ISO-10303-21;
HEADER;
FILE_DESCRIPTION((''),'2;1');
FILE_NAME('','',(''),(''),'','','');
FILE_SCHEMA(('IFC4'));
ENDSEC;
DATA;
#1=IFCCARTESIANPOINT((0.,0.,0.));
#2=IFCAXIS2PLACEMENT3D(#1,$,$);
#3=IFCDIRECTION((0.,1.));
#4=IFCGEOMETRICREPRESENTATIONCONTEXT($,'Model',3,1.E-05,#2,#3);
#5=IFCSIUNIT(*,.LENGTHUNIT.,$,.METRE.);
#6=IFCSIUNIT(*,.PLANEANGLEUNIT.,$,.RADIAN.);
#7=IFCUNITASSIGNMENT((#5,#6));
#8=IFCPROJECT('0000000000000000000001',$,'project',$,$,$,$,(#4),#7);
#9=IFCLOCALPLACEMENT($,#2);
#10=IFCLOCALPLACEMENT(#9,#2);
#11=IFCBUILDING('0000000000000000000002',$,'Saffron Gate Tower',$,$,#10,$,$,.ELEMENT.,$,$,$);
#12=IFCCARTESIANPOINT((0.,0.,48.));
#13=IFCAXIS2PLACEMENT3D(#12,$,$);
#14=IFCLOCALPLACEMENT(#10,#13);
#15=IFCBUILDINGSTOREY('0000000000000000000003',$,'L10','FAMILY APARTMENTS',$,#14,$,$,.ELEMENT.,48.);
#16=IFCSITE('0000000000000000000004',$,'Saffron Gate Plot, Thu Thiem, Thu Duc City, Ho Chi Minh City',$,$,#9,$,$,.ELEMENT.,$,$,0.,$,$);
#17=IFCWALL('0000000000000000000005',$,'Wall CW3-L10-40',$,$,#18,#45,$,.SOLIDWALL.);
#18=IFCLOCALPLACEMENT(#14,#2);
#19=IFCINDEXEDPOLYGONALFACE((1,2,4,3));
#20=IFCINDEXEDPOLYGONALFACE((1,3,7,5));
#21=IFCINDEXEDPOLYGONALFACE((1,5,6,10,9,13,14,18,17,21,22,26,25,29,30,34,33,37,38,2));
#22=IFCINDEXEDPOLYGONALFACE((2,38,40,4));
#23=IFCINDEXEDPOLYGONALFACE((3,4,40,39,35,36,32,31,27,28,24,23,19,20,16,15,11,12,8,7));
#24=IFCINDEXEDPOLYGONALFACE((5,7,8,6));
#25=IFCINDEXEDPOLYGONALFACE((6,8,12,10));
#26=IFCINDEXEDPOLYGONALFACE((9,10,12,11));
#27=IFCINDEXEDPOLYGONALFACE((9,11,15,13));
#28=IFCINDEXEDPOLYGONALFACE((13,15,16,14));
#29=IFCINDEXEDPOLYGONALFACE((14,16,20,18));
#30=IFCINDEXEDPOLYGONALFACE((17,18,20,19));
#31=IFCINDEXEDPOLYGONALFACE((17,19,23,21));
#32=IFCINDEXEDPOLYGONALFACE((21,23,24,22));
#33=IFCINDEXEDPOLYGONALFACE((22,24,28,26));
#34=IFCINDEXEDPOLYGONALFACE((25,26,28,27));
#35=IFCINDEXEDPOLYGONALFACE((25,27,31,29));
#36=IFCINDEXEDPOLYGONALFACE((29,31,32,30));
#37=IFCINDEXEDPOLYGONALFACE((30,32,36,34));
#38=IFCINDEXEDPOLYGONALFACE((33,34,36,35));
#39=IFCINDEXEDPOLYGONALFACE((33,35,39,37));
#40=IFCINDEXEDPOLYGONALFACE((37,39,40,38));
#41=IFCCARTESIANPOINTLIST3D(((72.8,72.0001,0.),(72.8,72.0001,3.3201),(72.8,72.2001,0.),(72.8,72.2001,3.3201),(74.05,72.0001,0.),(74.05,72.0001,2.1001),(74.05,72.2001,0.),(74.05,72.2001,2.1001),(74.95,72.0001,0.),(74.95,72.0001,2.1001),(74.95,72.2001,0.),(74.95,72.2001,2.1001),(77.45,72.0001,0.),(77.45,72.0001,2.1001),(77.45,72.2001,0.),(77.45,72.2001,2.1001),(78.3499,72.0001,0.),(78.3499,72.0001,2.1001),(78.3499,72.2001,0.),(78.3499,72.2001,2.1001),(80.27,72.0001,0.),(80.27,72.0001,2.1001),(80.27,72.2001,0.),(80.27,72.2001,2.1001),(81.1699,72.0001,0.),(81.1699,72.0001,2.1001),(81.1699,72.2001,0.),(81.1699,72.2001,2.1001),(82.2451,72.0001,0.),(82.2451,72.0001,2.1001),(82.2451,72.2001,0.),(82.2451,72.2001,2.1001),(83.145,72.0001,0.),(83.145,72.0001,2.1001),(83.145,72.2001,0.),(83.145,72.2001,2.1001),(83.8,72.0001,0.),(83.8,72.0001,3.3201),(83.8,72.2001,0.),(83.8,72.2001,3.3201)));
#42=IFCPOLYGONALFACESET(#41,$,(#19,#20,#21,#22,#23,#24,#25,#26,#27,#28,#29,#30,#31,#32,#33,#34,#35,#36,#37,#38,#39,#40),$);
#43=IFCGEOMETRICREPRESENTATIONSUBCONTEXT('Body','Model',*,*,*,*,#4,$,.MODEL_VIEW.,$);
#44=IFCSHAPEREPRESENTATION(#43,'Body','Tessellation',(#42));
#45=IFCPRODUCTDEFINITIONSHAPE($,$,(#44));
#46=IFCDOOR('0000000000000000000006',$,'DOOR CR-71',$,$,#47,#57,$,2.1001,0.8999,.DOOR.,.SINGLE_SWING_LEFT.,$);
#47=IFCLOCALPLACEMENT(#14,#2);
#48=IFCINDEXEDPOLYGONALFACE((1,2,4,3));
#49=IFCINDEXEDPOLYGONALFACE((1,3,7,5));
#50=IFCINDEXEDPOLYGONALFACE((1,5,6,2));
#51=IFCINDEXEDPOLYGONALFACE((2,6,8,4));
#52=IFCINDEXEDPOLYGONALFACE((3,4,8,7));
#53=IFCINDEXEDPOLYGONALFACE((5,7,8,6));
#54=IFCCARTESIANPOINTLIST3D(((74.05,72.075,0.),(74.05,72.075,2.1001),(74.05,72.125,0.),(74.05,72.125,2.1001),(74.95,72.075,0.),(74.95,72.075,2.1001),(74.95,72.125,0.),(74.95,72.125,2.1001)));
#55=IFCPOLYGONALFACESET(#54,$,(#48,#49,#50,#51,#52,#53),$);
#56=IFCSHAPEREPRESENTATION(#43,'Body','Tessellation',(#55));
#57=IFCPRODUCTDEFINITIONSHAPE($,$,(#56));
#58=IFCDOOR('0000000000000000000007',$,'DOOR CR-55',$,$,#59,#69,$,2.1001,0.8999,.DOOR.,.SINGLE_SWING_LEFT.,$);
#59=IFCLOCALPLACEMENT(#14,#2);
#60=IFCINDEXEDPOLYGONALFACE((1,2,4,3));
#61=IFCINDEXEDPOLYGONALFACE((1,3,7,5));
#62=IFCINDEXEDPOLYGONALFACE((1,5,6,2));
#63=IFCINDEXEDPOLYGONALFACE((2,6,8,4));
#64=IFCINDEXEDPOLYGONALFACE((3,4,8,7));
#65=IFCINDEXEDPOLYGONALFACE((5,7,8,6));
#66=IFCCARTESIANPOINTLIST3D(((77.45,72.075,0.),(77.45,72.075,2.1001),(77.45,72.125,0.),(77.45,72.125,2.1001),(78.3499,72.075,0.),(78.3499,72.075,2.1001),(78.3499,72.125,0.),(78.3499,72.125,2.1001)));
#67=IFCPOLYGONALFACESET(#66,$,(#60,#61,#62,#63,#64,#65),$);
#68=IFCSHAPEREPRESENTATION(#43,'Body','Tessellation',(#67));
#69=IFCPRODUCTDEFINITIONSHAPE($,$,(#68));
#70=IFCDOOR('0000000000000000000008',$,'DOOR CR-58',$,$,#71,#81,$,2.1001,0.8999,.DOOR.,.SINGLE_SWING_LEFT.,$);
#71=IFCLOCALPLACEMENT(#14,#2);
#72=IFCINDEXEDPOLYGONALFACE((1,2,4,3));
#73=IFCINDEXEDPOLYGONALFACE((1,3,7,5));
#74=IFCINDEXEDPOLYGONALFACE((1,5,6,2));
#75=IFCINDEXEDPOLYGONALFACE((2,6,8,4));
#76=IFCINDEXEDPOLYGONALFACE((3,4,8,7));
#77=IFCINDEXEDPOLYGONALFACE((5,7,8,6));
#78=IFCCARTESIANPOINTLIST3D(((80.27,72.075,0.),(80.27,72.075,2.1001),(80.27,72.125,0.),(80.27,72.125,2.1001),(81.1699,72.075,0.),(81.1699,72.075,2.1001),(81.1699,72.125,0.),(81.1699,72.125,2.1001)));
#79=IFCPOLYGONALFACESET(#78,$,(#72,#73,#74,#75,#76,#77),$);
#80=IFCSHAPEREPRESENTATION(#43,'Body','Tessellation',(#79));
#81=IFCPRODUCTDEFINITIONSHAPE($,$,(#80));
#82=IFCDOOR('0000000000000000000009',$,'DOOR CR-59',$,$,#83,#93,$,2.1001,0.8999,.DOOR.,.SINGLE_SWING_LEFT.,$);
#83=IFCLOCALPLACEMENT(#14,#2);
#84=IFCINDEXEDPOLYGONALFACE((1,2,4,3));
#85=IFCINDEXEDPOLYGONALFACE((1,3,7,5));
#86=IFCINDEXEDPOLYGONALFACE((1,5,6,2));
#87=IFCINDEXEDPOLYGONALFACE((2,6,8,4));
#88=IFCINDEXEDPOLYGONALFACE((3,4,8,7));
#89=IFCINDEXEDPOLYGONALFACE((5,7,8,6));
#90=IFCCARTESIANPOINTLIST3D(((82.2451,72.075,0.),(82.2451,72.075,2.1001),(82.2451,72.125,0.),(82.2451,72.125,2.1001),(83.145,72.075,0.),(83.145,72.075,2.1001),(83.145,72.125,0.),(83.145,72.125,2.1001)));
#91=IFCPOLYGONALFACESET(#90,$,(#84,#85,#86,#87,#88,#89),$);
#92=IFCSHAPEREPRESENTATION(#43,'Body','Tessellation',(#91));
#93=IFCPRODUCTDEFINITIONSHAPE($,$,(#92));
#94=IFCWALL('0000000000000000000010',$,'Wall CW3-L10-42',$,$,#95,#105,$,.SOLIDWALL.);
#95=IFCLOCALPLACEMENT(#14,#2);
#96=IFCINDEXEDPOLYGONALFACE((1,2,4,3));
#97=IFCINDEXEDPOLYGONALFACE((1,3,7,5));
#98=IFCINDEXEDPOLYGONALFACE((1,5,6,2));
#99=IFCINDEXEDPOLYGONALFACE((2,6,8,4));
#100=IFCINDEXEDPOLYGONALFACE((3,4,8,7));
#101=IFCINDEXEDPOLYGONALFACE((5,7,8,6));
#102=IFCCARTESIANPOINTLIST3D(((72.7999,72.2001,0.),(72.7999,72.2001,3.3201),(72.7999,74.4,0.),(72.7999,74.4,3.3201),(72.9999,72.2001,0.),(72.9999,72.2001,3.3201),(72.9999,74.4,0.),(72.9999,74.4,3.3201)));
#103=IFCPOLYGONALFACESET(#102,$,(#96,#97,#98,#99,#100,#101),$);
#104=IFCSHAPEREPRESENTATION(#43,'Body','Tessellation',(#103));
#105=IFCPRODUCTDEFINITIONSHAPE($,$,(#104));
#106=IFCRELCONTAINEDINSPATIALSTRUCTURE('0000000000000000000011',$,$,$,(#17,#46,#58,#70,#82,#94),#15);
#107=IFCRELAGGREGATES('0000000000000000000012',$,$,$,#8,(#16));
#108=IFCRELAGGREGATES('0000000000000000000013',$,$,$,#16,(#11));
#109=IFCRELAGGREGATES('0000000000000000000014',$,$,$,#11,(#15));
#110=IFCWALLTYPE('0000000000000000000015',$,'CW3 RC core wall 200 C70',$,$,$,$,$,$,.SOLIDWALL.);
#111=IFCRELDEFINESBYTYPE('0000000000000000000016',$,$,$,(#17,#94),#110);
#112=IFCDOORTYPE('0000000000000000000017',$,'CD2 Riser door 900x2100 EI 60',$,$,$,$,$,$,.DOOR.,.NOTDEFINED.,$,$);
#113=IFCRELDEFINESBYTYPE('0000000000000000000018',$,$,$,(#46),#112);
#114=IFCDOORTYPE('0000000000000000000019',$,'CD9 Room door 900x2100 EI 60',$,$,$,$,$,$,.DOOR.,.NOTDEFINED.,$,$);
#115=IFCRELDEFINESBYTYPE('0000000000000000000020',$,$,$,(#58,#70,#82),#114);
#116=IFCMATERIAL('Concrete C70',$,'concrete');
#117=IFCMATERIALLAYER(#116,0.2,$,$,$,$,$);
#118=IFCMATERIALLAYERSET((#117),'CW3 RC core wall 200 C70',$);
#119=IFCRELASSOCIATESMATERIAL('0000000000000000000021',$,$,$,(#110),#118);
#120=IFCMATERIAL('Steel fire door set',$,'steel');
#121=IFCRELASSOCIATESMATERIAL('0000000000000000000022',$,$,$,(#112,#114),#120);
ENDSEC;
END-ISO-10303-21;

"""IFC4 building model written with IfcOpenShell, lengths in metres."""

from ifc_helpers import new_model, si_unit, direction, frame, frame_2d, origin, place, context, subcontext, project, spatial, rectangle, extrude, material, layer, layer_set, type_object, element, fill, save


model = new_model("IFC4")

# Units and contexts
model_context = context("Model", 3, precision=1e-05, world=origin(), true_north=direction((0.0, 1.0)))
body_context = subcontext(model_context, "Body", "Model", "MODEL_VIEW")
ifc_project = project(units=[si_unit("LENGTHUNIT", "METRE"), si_unit("PLANEANGLEUNIT", "RADIAN")], contexts=[model_context])

# Site, building, storey
site_placement = place(None, origin())
site = spatial("IfcSite", under=ifc_project, at=site_placement, Name="Saffron Gate Plot, Thu Thiem, Thu Duc City, Ho Chi Minh City", CompositionType="ELEMENT", RefElevation=0.0)
building_placement = place(site_placement, origin())
building = spatial("IfcBuilding", under=site, at=building_placement, Name="Saffron Gate Tower", CompositionType="ELEMENT")
storey_placement = place(building_placement, frame((0.0, 0.0, 48.0)))
storey = spatial("IfcBuildingStorey", under=building, at=storey_placement, Name="L10", Description="FAMILY APARTMENTS", CompositionType="ELEMENT", Elevation=48.0)

# Shared definitions
ifc_material_1 = material(Name="Concrete C70", Category="concrete")

# Shared definitions
ifc_layer_1 = layer(ifc_material_1, 0.2)
ifc_layer_set_1 = layer_set([ifc_layer_1], Name="CW3 RC core wall 200 C70")
wall_type_1 = type_object("IfcWallType", Name="CW3 RC core wall 200 C70", PredefinedType="SOLIDWALL", material=ifc_layer_set_1)
ifc_material_2 = material(Name="Steel fire door set", Category="steel")

# Wall, openings, doors
wall_1_placement = place(storey_placement, frame((72.8, 72.1001, 0.0), z_axis=(0.0, 0.0, 1.0), x_axis=(1.0, 0.0, 0.0)))
wall_1 = element("IfcWall", 1, at=wall_1_placement, inside=storey, type_object=wall_type_1, Name="Wall CW3-L10-40", PredefinedType="SOLIDWALL", context=body_context, shape_type="SweptSolid", body=[
    extrude(rectangle(XDim=11.0, YDim=0.2, at=frame_2d((5.5, 0.0))), origin(), (0.0, 0.0, 1.0), 3.3201),
])
opening_1_placement = place(wall_1_placement, frame((1.25, 0.0, 0.0)))
opening_1 = element("IfcOpeningElement", 2, at=opening_1_placement, cuts=wall_1, PredefinedType="OPENING", context=body_context, shape_type="SweptSolid", body=[
    extrude(rectangle(XDim=0.8999, YDim=2.1001, at=frame_2d((0.45, 1.05))), frame((0.0, 0.1099, 0.0), z_axis=(0.0, -1.0, 0.0), x_axis=(1.0, 0.0, 0.0)), (0.0, 0.0, 1.0), 0.22),
])
opening_2_placement = place(wall_1_placement, frame((4.6499, 0.0, 0.0)))
opening_2 = element("IfcOpeningElement", 3, at=opening_2_placement, cuts=wall_1, PredefinedType="OPENING", context=body_context, shape_type="SweptSolid", body=[
    extrude(rectangle(XDim=0.8999, YDim=2.1001, at=frame_2d((0.45, 1.05))), frame((0.0, 0.1099, 0.0), z_axis=(0.0, -1.0, 0.0), x_axis=(1.0, 0.0, 0.0)), (0.0, 0.0, 1.0), 0.22),
])
opening_3_placement = place(wall_1_placement, frame((7.47, 0.0, 0.0)))
opening_3 = element("IfcOpeningElement", 4, at=opening_3_placement, cuts=wall_1, PredefinedType="OPENING", context=body_context, shape_type="SweptSolid", body=[
    extrude(rectangle(XDim=0.8999, YDim=2.1001, at=frame_2d((0.45, 1.05))), frame((0.0, 0.1099, 0.0), z_axis=(0.0, -1.0, 0.0), x_axis=(1.0, 0.0, 0.0)), (0.0, 0.0, 1.0), 0.22),
])
opening_4_placement = place(wall_1_placement, frame((9.4451, 0.0, 0.0)))
opening_4 = element("IfcOpeningElement", 5, at=opening_4_placement, cuts=wall_1, PredefinedType="OPENING", context=body_context, shape_type="SweptSolid", body=[
    extrude(rectangle(XDim=0.8999, YDim=2.1001, at=frame_2d((0.45, 1.05))), frame((0.0, 0.1099, 0.0), z_axis=(0.0, -1.0, 0.0), x_axis=(1.0, 0.0, 0.0)), (0.0, 0.0, 1.0), 0.22),
])
door_type_1 = type_object("IfcDoorType", Name="CD2 Riser door 900x2100 EI 60", OperationType="NOTDEFINED", PredefinedType="DOOR", material=ifc_material_2)
door_1_placement = place(opening_1_placement, origin())
door_1 = element("IfcDoor", 6, at=door_1_placement, inside=storey, type_object=door_type_1, Name="DOOR CR-71", OperationType="SINGLE_SWING_LEFT", OverallHeight=2.1001, OverallWidth=0.8999, PredefinedType="DOOR", context=body_context, shape_type="SweptSolid", body=[
    extrude(rectangle(XDim=0.8999, YDim=2.1001, at=frame_2d((0.45, 1.05))), frame((0.0, 0.0249, 0.0), z_axis=(0.0, -1.0, 0.0), x_axis=(1.0, 0.0, 0.0)), (0.0, 0.0, 1.0), 0.05),
])
fill(opening_1, door_1)
door_type_2 = type_object("IfcDoorType", Name="CD9 Room door 900x2100 EI 60", OperationType="NOTDEFINED", PredefinedType="DOOR", material=ifc_material_2)
door_2_placement = place(opening_2_placement, origin())
door_2 = element("IfcDoor", 7, at=door_2_placement, inside=storey, type_object=door_type_2, Name="DOOR CR-55", OperationType="SINGLE_SWING_LEFT", OverallHeight=2.1001, OverallWidth=0.8999, PredefinedType="DOOR", context=body_context, shape_type="SweptSolid", body=[
    extrude(rectangle(XDim=0.8999, YDim=2.1001, at=frame_2d((0.45, 1.05))), frame((0.0, 0.0249, 0.0), z_axis=(0.0, -1.0, 0.0), x_axis=(1.0, 0.0, 0.0)), (0.0, 0.0, 1.0), 0.05),
])
fill(opening_2, door_2)
door_3_placement = place(opening_3_placement, origin())
door_3 = element("IfcDoor", 8, at=door_3_placement, inside=storey, type_object=door_type_2, Name="DOOR CR-58", OperationType="SINGLE_SWING_LEFT", OverallHeight=2.1001, OverallWidth=0.8999, PredefinedType="DOOR", context=body_context, shape_type="SweptSolid", body=[
    extrude(rectangle(XDim=0.8999, YDim=2.1001, at=frame_2d((0.45, 1.05))), frame((0.0, 0.0249, 0.0), z_axis=(0.0, -1.0, 0.0), x_axis=(1.0, 0.0, 0.0)), (0.0, 0.0, 1.0), 0.05),
])
fill(opening_3, door_3)
door_4_placement = place(opening_4_placement, origin())
door_4 = element("IfcDoor", 9, at=door_4_placement, inside=storey, type_object=door_type_2, Name="DOOR CR-59", OperationType="SINGLE_SWING_LEFT", OverallHeight=2.1001, OverallWidth=0.8999, PredefinedType="DOOR", context=body_context, shape_type="SweptSolid", body=[
    extrude(rectangle(XDim=0.8999, YDim=2.1001, at=frame_2d((0.45, 1.05))), frame((0.0, 0.0249, 0.0), z_axis=(0.0, -1.0, 0.0), x_axis=(1.0, 0.0, 0.0)), (0.0, 0.0, 1.0), 0.05),
])
fill(opening_4, door_4)

# Wall
wall_2_placement = place(storey_placement, frame((72.8999, 72.2, 0.0), z_axis=(0.0, 0.0, 1.0), x_axis=(0.0, 1.0, 0.0)))
element("IfcWall", 10, at=wall_2_placement, inside=storey, type_object=wall_type_1, Name="Wall CW3-L10-42", PredefinedType="SOLIDWALL", context=body_context, shape_type="SweptSolid", body=[
    extrude(rectangle(XDim=2.2, YDim=0.2, at=frame_2d((1.1001, 0.0))), origin(), (0.0, 0.0, 1.0), 3.3201),
])

save(model, "model.ifc")
